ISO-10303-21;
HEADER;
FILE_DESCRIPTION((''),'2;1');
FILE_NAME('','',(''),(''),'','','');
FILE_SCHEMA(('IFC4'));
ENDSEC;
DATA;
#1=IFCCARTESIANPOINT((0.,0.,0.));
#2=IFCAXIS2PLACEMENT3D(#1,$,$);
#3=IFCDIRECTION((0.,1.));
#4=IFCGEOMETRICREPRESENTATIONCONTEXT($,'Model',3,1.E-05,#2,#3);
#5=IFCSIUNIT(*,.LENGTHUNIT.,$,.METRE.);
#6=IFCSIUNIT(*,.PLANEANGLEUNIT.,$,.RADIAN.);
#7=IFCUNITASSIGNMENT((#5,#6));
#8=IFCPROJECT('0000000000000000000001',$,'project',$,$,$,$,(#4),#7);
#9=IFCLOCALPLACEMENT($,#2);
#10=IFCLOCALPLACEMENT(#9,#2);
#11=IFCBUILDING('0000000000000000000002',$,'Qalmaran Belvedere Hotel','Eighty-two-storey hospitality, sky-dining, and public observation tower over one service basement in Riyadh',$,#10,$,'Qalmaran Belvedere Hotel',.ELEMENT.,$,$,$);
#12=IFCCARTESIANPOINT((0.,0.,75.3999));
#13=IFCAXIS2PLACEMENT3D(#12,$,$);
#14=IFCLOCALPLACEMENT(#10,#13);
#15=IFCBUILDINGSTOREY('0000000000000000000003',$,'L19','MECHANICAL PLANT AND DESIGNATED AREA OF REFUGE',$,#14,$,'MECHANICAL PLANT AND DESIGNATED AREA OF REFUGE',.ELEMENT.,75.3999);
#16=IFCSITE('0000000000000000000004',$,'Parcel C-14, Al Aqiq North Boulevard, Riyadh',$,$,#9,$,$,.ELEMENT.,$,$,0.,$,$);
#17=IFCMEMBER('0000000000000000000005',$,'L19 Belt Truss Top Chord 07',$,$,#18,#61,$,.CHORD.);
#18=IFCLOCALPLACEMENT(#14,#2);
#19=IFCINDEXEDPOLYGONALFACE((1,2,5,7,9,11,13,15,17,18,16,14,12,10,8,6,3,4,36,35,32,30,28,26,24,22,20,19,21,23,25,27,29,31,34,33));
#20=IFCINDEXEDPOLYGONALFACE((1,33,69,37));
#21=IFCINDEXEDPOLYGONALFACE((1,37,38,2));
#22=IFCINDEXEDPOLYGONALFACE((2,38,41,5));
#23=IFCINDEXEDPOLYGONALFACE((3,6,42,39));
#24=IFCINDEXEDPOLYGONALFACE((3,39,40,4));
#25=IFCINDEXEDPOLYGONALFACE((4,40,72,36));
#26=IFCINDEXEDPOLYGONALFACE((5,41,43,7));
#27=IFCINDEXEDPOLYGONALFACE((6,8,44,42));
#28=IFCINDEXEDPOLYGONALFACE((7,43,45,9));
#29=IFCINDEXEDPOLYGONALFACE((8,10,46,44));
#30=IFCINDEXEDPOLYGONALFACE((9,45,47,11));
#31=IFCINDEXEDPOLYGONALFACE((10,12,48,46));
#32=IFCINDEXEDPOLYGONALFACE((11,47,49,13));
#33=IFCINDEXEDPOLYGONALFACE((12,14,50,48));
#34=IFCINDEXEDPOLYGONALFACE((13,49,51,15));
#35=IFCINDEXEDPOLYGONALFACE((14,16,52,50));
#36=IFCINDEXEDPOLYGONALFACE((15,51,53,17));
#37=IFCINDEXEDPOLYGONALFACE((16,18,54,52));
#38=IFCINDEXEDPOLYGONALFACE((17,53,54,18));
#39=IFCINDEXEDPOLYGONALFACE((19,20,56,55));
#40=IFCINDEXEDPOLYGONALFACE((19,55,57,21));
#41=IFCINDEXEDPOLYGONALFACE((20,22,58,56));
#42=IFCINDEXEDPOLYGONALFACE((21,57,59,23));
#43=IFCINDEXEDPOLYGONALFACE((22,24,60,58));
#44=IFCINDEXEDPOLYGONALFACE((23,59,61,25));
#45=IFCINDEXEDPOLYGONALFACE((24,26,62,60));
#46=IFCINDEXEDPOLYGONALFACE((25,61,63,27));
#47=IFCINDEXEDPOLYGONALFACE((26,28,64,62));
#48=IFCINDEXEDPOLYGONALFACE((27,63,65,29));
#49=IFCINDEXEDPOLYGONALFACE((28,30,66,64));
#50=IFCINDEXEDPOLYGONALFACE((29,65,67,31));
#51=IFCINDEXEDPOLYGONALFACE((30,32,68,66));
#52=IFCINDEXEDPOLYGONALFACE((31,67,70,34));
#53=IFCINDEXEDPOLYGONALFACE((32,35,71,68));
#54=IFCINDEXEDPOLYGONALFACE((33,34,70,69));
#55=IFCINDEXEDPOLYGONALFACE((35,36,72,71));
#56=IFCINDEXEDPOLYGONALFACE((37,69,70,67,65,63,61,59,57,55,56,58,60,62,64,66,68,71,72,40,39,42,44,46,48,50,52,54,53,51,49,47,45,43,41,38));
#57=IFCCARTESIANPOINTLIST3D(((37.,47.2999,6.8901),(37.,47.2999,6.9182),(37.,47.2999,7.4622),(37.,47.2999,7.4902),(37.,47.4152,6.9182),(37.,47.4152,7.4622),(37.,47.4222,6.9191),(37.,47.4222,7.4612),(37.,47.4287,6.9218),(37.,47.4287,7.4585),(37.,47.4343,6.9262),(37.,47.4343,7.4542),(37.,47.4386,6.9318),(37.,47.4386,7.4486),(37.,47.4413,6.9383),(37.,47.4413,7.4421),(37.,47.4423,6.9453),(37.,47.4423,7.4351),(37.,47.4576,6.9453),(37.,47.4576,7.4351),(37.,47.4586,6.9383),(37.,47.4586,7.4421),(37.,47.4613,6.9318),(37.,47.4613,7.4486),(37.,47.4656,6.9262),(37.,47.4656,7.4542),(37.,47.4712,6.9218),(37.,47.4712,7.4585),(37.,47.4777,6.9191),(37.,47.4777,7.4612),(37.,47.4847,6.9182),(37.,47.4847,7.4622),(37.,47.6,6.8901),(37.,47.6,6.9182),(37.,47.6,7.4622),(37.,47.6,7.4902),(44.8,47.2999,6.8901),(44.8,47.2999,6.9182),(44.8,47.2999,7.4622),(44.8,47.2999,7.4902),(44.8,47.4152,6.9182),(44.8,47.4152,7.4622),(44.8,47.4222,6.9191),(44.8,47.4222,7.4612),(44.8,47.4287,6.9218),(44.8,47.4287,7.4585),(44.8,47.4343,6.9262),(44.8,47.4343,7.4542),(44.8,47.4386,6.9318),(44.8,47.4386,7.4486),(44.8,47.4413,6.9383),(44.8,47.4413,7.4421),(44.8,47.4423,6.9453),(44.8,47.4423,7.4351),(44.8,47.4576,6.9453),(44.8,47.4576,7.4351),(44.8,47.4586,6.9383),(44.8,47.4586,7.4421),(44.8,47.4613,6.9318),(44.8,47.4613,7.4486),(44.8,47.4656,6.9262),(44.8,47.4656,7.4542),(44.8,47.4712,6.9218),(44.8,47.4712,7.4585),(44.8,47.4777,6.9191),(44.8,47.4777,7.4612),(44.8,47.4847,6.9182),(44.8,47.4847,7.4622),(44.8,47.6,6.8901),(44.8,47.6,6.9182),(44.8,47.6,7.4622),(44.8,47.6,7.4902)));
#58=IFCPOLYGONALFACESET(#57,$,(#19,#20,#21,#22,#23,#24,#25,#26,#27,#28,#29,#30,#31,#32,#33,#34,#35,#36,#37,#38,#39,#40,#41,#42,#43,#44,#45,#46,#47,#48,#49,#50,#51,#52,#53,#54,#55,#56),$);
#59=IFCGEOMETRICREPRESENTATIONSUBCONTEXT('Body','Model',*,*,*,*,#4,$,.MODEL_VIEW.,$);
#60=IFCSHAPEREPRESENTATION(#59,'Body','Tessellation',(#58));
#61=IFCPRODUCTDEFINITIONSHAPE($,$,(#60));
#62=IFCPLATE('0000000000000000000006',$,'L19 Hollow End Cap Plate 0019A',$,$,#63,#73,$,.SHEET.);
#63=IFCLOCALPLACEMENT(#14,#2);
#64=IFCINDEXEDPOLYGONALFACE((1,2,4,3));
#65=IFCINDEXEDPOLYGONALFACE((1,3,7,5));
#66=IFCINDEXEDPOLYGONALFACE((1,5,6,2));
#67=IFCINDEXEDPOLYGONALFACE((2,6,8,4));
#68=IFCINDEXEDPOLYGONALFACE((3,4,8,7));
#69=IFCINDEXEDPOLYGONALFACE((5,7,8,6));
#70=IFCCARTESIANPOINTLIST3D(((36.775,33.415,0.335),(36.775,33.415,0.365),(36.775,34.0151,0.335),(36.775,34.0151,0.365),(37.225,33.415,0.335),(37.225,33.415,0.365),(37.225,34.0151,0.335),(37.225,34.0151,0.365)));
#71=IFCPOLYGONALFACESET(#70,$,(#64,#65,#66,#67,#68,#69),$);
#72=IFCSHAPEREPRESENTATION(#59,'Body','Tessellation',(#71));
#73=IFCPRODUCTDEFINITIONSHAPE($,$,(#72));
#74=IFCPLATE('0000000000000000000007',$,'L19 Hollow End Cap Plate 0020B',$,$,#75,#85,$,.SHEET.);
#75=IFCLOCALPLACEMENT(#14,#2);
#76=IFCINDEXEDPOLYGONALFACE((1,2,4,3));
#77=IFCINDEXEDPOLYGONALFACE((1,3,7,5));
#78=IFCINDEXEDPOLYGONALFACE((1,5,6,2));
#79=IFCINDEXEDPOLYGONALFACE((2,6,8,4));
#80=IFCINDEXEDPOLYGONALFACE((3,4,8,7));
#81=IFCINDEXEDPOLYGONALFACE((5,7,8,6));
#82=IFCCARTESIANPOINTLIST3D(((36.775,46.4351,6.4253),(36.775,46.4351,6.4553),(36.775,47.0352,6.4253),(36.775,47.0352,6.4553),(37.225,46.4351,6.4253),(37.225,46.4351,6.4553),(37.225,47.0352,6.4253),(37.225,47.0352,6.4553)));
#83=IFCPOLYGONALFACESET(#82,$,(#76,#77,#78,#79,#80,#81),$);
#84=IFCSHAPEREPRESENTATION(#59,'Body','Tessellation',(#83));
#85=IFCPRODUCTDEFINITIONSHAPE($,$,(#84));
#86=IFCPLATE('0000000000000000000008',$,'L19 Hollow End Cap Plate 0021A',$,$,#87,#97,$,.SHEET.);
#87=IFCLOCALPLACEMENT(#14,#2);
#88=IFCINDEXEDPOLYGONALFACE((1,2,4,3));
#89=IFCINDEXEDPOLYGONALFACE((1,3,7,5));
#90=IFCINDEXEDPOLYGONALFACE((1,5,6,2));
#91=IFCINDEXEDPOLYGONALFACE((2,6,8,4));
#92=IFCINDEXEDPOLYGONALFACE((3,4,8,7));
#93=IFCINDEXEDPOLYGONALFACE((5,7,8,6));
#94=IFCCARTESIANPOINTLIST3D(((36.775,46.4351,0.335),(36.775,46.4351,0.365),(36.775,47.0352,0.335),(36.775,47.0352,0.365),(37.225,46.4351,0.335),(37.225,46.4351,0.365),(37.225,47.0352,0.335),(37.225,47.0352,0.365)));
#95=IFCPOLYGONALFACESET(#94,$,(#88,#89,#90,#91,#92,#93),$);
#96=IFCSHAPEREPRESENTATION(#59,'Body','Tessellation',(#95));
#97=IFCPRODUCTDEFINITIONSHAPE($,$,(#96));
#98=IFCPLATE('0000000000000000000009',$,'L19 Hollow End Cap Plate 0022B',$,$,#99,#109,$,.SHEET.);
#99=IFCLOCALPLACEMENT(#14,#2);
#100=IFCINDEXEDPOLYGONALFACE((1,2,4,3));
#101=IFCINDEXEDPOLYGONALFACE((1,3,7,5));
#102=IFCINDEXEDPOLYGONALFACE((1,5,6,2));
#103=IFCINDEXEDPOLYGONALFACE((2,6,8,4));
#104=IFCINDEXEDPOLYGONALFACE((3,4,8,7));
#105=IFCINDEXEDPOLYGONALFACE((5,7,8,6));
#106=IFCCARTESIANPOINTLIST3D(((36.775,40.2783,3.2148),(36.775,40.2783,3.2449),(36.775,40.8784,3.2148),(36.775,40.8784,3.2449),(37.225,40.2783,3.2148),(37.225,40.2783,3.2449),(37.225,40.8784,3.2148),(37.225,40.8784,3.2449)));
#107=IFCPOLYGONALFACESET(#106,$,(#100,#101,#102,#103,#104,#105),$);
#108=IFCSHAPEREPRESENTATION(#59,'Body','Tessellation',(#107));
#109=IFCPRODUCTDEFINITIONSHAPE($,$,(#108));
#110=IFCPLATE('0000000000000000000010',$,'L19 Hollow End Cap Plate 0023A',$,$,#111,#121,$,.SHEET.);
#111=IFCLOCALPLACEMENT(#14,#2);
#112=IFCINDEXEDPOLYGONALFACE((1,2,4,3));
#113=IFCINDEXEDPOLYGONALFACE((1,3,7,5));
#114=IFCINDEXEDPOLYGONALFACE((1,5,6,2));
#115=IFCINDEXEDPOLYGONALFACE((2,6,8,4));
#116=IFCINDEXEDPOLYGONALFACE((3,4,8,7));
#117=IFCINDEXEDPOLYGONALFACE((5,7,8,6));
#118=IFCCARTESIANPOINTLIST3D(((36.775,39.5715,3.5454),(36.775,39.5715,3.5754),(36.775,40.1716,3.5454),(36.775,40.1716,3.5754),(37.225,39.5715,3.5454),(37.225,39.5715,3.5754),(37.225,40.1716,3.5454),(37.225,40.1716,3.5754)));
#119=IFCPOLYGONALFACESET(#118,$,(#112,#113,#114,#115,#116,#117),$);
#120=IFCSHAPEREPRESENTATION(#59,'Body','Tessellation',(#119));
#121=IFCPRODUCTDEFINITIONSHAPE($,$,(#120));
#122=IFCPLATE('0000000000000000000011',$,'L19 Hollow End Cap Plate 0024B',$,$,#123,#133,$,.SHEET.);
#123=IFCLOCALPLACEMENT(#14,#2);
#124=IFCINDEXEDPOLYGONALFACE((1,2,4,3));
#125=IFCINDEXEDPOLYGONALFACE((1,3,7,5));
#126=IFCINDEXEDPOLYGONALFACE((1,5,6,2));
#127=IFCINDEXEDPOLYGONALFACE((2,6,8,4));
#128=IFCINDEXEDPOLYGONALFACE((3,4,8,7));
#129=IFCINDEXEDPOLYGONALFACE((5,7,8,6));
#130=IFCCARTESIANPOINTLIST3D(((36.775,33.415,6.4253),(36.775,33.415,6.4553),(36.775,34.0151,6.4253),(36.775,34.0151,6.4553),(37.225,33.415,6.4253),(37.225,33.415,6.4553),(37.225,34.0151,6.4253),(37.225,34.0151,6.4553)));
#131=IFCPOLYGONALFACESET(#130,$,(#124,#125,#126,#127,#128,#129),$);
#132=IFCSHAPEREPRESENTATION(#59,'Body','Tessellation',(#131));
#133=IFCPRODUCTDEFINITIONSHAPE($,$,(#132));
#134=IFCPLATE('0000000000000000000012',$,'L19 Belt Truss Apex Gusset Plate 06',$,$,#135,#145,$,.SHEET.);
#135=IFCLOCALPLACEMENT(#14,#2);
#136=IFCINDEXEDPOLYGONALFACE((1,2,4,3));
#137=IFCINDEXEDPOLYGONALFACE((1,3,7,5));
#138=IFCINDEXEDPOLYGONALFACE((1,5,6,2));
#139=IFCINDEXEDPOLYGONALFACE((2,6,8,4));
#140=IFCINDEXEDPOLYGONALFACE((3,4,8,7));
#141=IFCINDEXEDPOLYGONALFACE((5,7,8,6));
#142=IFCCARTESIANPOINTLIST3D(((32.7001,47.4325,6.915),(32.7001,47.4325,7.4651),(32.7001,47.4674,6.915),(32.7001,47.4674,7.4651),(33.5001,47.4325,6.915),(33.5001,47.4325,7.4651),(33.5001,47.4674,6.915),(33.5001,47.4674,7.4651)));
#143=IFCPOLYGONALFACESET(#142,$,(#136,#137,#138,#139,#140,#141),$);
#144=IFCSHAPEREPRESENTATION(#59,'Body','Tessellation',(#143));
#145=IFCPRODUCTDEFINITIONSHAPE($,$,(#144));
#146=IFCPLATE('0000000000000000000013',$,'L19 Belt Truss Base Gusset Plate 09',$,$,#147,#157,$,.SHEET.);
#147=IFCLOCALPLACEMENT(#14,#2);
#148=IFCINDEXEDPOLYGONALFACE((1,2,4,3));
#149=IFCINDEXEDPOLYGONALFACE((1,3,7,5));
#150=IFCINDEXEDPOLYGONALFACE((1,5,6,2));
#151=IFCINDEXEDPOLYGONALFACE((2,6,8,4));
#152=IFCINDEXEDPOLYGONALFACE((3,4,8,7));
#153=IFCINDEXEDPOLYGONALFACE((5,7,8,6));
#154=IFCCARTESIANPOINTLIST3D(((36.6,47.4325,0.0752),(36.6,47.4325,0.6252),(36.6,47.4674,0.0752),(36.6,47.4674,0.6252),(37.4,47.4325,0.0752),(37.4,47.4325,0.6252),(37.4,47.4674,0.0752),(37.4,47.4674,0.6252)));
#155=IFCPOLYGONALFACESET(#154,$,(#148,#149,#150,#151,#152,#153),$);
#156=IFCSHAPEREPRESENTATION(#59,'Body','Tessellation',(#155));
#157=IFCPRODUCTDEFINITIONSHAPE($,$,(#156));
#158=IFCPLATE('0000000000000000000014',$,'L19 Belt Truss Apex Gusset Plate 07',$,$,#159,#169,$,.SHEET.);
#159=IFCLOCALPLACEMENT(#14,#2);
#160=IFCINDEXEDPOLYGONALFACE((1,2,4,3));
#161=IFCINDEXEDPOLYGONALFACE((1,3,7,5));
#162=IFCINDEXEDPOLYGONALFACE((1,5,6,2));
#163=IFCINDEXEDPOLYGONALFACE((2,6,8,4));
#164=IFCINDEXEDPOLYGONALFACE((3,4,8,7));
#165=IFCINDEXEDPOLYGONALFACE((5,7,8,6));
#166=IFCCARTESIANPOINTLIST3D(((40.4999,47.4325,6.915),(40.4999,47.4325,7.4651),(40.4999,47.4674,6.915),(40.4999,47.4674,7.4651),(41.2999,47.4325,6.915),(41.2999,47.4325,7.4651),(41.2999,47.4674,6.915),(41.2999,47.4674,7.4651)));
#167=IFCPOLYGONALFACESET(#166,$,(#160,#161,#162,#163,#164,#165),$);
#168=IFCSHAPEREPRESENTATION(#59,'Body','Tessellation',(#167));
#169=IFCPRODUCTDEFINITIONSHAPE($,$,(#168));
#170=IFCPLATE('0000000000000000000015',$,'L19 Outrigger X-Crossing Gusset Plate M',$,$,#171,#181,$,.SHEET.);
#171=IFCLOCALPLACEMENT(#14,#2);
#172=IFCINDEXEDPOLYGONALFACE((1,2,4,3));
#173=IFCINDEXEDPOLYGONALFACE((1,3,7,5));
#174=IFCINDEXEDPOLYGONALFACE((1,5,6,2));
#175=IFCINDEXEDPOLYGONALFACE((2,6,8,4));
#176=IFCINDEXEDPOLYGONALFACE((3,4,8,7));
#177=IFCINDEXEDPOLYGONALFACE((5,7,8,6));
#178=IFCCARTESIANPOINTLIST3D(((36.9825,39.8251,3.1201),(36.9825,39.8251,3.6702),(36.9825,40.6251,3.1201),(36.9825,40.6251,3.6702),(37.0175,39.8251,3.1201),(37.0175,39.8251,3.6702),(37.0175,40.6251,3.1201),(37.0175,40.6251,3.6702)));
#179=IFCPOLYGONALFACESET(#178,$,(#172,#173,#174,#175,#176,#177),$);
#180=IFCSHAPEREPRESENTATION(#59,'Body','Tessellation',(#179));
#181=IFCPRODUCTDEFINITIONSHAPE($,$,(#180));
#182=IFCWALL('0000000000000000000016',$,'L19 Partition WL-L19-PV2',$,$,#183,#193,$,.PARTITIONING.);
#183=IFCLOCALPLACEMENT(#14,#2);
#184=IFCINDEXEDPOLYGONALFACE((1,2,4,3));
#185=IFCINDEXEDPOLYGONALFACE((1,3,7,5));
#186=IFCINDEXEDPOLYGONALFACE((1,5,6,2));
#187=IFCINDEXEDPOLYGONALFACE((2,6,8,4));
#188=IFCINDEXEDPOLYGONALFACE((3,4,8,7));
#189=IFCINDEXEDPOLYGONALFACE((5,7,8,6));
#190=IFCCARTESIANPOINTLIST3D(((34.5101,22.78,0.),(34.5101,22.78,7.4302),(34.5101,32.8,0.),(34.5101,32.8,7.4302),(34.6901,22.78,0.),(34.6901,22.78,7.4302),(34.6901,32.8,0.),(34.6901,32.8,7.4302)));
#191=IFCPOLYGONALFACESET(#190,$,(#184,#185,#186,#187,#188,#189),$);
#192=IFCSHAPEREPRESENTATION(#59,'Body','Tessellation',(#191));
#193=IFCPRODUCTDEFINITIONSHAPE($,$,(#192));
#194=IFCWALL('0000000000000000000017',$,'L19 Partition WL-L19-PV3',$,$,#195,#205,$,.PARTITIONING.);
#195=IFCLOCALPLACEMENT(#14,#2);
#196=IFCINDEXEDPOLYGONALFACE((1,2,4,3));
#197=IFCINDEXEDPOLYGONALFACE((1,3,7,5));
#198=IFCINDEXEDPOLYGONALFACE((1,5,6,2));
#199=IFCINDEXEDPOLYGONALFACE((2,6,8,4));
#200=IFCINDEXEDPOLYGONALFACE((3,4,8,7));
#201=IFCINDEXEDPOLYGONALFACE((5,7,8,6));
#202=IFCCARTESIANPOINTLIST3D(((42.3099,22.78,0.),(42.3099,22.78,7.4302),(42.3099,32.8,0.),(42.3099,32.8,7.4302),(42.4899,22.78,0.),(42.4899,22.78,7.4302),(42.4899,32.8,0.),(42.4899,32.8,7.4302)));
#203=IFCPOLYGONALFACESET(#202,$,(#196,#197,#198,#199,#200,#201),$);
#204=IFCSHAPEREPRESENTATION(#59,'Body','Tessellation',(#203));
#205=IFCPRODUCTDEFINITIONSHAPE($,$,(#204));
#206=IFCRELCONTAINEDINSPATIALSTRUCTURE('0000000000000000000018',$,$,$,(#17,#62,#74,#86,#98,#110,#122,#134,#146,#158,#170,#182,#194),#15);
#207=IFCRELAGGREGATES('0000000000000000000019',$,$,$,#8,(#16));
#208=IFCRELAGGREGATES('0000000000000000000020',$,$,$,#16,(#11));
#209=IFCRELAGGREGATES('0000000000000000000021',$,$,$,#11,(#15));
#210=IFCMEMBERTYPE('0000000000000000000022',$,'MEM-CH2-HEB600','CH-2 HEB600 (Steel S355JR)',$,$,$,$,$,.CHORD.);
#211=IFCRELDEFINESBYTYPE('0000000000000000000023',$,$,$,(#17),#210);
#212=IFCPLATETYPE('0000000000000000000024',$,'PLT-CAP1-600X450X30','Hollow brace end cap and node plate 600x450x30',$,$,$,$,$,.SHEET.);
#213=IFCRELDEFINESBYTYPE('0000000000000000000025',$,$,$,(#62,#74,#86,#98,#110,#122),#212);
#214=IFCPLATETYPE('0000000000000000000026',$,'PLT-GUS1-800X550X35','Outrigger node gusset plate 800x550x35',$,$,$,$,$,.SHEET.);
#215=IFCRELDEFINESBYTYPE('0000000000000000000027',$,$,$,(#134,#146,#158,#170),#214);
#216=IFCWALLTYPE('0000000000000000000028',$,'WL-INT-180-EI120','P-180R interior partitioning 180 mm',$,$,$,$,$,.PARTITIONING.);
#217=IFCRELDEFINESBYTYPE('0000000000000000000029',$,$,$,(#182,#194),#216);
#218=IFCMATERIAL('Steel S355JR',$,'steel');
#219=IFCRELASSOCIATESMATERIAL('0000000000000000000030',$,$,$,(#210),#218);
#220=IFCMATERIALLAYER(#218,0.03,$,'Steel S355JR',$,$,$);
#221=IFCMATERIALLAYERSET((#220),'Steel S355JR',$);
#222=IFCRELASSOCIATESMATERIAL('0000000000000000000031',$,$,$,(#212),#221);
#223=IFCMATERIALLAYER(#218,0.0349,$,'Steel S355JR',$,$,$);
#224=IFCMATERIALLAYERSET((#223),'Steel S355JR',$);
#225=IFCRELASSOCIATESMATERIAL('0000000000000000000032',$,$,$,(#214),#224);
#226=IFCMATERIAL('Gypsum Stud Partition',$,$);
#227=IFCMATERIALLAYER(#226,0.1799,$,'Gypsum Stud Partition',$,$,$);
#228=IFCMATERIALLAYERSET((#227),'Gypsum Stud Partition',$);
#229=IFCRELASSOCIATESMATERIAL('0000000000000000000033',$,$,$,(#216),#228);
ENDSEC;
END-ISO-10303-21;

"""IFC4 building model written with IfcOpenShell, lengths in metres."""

from ifc_helpers import new_model, si_unit, direction, frame, frame_2d, origin, origin_2d, place, context, subcontext, project, spatial, rectangle, i_section, extrude, material, layer, layer_set, material_profile, profile_set, type_object, element, save


model = new_model("IFC4")

# Units and contexts
model_context = context("Model", 3, precision=1e-05, world=origin(), true_north=direction((0.0, 1.0)))
body_context = subcontext(model_context, "Body", "Model", "MODEL_VIEW")
ifc_project = project(units=[si_unit("LENGTHUNIT", "METRE"), si_unit("PLANEANGLEUNIT", "RADIAN")], contexts=[model_context])

# Site, building, storey
site_placement = place(None, origin())
site = spatial("IfcSite", under=ifc_project, at=site_placement, Name="Parcel C-14, Al Aqiq North Boulevard, Riyadh", CompositionType="ELEMENT", RefElevation=0.0)
building_placement = place(site_placement, origin())
building = spatial("IfcBuilding", under=site, at=building_placement, Name="Qalmaran Belvedere Hotel", Description="Eighty-two-storey hospitality, sky-dining, and public observation tower over one service basement in Riyadh", LongName="Qalmaran Belvedere Hotel", CompositionType="ELEMENT")
storey_placement = place(building_placement, frame((0.0, 0.0, 75.3999)))
storey = spatial("IfcBuildingStorey", under=building, at=storey_placement, Name="L19", Description="MECHANICAL PLANT AND DESIGNATED AREA OF REFUGE", LongName="MECHANICAL PLANT AND DESIGNATED AREA OF REFUGE", CompositionType="ELEMENT", Elevation=75.3999)

# Shared definitions
ifc_material_1 = material(Name="Steel S355JR", Category="steel")

# Member
ifc_material_profile_1 = material_profile(ifc_material_1, i_section(OverallWidth=0.3, OverallDepth=0.6001, WebThickness=0.0154, FlangeThickness=0.0281, FilletRadius=0.0271, at=origin_2d()), Name="HEB600")
ifc_profile_set_1 = profile_set([ifc_material_profile_1], Name="Steel S355JR")
member_type_1 = type_object("IfcMemberType", Name="MEM-CH2-HEB600", Description="CH-2 HEB600 (Steel S355JR)", PredefinedType="CHORD", material=ifc_profile_set_1)
member_1_placement = place(storey_placement, frame((37.0, 47.45, 7.1902), z_axis=(1.0, 0.0, 0.0), x_axis=(0.0, 1.0, 0.0)))
element("IfcMember", 1, at=member_1_placement, inside=storey, type_object=member_type_1, Name="L19 Belt Truss Top Chord 07", PredefinedType="CHORD", context=body_context, shape_type="SweptSolid", body=[
    extrude(i_section(OverallWidth=0.3, OverallDepth=0.6001, WebThickness=0.0154, FlangeThickness=0.0281, FilletRadius=0.0271, at=origin_2d()), origin(), (0.0, 0.0, 1.0), 7.8),
])

# Plates
ifc_layer_1 = layer(ifc_material_1, 0.03, Name="Steel S355JR")
ifc_layer_set_1 = layer_set([ifc_layer_1], Name="Steel S355JR")
plate_type_1 = type_object("IfcPlateType", Name="PLT-CAP1-600X450X30", Description="Hollow brace end cap and node plate 600x450x30", PredefinedType="SHEET", material=ifc_layer_set_1)
for number, where, z_axis, x_axis, name in (
    (2, (37.0, 33.7151, 0.335), (0.0, 0.0, 1.0), (0.0, 1.0, 0.0), "L19 Hollow End Cap Plate 0019A"),
    (3, (37.0, 46.7351, 6.4253), (0.0, 0.0, 1.0), (0.0, 1.0, 0.0), "L19 Hollow End Cap Plate 0020B"),
    (4, (37.0, 46.7351, 0.335), (0.0, 0.0, 1.0), (0.0, -1.0, 0.0), "L19 Hollow End Cap Plate 0021A"),
    (5, (37.0, 40.5784, 3.2148), (0.0, 0.0, 1.0), (0.0, -1.0, 0.0), "L19 Hollow End Cap Plate 0022B"),
    (6, (37.0, 39.8716, 3.5454), (0.0, 0.0, 1.0), (0.0, -1.0, 0.0), "L19 Hollow End Cap Plate 0023A"),
    (7, (37.0, 33.7151, 6.4253), (0.0, 0.0, 1.0), (0.0, -1.0, 0.0), "L19 Hollow End Cap Plate 0024B"),
):
    element("IfcPlate", number, at=place(storey_placement, frame(where, z_axis=z_axis, x_axis=x_axis)), inside=storey, type_object=plate_type_1, Name=name, PredefinedType="SHEET", context=body_context, shape_type="SweptSolid", body=[
        extrude(rectangle(XDim=0.6001, YDim=0.45, at=origin_2d()), origin(), (0.0, 0.0, 1.0), 0.03),
    ])
ifc_layer_2 = layer(ifc_material_1, 0.0349, Name="Steel S355JR")
ifc_layer_set_2 = layer_set([ifc_layer_2], Name="Steel S355JR")
plate_type_2 = type_object("IfcPlateType", Name="PLT-GUS1-800X550X35", Description="Outrigger node gusset plate 800x550x35", PredefinedType="SHEET", material=ifc_layer_set_2)
for number, where, z_axis, x_axis, name in (
    (8, (33.1001, 47.45, 6.915), (0.0, 0.0, 1.0), (1.0, 0.0, 0.0), "L19 Belt Truss Apex Gusset Plate 06"),
    (9, (37.0, 47.45, 0.0752), (0.0, 0.0, 1.0), (1.0, 0.0, 0.0), "L19 Belt Truss Base Gusset Plate 09"),
    (10, (40.8999, 47.45, 6.915), (0.0, 0.0, 1.0), (1.0, 0.0, 0.0), "L19 Belt Truss Apex Gusset Plate 07"),
    (11, (37.0, 40.2251, 3.1201), (0.0, 0.0, 1.0), (0.0, 1.0, 0.0), "L19 Outrigger X-Crossing Gusset Plate M"),
):
    element("IfcPlate", number, at=place(storey_placement, frame(where, z_axis=z_axis, x_axis=x_axis)), inside=storey, type_object=plate_type_2, Name=name, PredefinedType="SHEET", context=body_context, shape_type="SweptSolid", body=[
        extrude(rectangle(XDim=0.8, YDim=0.0349, at=origin_2d()), origin(), (0.0, 0.0, 1.0), 0.55),
    ])

# Walls
ifc_material_2 = material(Name="Gypsum Stud Partition")
ifc_layer_3 = layer(ifc_material_2, 0.1799, Name="Gypsum Stud Partition")
ifc_layer_set_3 = layer_set([ifc_layer_3], Name="Gypsum Stud Partition")
wall_type_1 = type_object("IfcWallType", Name="WL-INT-180-EI120", Description="P-180R interior partitioning 180 mm", PredefinedType="PARTITIONING", material=ifc_layer_set_3)
for number, where, z_axis, x_axis, name in (
    (12, (34.6001, 22.78, 0.0), (0.0, 0.0, 1.0), (0.0, 1.0, 0.0), "L19 Partition WL-L19-PV2"),
    (13, (42.3999, 22.78, 0.0), (0.0, 0.0, 1.0), (0.0, 1.0, 0.0), "L19 Partition WL-L19-PV3"),
):
    element("IfcWall", number, at=place(storey_placement, frame(where, z_axis=z_axis, x_axis=x_axis)), inside=storey, type_object=wall_type_1, Name=name, PredefinedType="PARTITIONING", context=body_context, shape_type="SweptSolid", body=[
        extrude(rectangle(XDim=10.02, YDim=0.1799, at=frame_2d((5.01, 0.0))), origin(), (0.0, 0.0, 1.0), 7.4302),
    ])

save(model, "model.ifc")
